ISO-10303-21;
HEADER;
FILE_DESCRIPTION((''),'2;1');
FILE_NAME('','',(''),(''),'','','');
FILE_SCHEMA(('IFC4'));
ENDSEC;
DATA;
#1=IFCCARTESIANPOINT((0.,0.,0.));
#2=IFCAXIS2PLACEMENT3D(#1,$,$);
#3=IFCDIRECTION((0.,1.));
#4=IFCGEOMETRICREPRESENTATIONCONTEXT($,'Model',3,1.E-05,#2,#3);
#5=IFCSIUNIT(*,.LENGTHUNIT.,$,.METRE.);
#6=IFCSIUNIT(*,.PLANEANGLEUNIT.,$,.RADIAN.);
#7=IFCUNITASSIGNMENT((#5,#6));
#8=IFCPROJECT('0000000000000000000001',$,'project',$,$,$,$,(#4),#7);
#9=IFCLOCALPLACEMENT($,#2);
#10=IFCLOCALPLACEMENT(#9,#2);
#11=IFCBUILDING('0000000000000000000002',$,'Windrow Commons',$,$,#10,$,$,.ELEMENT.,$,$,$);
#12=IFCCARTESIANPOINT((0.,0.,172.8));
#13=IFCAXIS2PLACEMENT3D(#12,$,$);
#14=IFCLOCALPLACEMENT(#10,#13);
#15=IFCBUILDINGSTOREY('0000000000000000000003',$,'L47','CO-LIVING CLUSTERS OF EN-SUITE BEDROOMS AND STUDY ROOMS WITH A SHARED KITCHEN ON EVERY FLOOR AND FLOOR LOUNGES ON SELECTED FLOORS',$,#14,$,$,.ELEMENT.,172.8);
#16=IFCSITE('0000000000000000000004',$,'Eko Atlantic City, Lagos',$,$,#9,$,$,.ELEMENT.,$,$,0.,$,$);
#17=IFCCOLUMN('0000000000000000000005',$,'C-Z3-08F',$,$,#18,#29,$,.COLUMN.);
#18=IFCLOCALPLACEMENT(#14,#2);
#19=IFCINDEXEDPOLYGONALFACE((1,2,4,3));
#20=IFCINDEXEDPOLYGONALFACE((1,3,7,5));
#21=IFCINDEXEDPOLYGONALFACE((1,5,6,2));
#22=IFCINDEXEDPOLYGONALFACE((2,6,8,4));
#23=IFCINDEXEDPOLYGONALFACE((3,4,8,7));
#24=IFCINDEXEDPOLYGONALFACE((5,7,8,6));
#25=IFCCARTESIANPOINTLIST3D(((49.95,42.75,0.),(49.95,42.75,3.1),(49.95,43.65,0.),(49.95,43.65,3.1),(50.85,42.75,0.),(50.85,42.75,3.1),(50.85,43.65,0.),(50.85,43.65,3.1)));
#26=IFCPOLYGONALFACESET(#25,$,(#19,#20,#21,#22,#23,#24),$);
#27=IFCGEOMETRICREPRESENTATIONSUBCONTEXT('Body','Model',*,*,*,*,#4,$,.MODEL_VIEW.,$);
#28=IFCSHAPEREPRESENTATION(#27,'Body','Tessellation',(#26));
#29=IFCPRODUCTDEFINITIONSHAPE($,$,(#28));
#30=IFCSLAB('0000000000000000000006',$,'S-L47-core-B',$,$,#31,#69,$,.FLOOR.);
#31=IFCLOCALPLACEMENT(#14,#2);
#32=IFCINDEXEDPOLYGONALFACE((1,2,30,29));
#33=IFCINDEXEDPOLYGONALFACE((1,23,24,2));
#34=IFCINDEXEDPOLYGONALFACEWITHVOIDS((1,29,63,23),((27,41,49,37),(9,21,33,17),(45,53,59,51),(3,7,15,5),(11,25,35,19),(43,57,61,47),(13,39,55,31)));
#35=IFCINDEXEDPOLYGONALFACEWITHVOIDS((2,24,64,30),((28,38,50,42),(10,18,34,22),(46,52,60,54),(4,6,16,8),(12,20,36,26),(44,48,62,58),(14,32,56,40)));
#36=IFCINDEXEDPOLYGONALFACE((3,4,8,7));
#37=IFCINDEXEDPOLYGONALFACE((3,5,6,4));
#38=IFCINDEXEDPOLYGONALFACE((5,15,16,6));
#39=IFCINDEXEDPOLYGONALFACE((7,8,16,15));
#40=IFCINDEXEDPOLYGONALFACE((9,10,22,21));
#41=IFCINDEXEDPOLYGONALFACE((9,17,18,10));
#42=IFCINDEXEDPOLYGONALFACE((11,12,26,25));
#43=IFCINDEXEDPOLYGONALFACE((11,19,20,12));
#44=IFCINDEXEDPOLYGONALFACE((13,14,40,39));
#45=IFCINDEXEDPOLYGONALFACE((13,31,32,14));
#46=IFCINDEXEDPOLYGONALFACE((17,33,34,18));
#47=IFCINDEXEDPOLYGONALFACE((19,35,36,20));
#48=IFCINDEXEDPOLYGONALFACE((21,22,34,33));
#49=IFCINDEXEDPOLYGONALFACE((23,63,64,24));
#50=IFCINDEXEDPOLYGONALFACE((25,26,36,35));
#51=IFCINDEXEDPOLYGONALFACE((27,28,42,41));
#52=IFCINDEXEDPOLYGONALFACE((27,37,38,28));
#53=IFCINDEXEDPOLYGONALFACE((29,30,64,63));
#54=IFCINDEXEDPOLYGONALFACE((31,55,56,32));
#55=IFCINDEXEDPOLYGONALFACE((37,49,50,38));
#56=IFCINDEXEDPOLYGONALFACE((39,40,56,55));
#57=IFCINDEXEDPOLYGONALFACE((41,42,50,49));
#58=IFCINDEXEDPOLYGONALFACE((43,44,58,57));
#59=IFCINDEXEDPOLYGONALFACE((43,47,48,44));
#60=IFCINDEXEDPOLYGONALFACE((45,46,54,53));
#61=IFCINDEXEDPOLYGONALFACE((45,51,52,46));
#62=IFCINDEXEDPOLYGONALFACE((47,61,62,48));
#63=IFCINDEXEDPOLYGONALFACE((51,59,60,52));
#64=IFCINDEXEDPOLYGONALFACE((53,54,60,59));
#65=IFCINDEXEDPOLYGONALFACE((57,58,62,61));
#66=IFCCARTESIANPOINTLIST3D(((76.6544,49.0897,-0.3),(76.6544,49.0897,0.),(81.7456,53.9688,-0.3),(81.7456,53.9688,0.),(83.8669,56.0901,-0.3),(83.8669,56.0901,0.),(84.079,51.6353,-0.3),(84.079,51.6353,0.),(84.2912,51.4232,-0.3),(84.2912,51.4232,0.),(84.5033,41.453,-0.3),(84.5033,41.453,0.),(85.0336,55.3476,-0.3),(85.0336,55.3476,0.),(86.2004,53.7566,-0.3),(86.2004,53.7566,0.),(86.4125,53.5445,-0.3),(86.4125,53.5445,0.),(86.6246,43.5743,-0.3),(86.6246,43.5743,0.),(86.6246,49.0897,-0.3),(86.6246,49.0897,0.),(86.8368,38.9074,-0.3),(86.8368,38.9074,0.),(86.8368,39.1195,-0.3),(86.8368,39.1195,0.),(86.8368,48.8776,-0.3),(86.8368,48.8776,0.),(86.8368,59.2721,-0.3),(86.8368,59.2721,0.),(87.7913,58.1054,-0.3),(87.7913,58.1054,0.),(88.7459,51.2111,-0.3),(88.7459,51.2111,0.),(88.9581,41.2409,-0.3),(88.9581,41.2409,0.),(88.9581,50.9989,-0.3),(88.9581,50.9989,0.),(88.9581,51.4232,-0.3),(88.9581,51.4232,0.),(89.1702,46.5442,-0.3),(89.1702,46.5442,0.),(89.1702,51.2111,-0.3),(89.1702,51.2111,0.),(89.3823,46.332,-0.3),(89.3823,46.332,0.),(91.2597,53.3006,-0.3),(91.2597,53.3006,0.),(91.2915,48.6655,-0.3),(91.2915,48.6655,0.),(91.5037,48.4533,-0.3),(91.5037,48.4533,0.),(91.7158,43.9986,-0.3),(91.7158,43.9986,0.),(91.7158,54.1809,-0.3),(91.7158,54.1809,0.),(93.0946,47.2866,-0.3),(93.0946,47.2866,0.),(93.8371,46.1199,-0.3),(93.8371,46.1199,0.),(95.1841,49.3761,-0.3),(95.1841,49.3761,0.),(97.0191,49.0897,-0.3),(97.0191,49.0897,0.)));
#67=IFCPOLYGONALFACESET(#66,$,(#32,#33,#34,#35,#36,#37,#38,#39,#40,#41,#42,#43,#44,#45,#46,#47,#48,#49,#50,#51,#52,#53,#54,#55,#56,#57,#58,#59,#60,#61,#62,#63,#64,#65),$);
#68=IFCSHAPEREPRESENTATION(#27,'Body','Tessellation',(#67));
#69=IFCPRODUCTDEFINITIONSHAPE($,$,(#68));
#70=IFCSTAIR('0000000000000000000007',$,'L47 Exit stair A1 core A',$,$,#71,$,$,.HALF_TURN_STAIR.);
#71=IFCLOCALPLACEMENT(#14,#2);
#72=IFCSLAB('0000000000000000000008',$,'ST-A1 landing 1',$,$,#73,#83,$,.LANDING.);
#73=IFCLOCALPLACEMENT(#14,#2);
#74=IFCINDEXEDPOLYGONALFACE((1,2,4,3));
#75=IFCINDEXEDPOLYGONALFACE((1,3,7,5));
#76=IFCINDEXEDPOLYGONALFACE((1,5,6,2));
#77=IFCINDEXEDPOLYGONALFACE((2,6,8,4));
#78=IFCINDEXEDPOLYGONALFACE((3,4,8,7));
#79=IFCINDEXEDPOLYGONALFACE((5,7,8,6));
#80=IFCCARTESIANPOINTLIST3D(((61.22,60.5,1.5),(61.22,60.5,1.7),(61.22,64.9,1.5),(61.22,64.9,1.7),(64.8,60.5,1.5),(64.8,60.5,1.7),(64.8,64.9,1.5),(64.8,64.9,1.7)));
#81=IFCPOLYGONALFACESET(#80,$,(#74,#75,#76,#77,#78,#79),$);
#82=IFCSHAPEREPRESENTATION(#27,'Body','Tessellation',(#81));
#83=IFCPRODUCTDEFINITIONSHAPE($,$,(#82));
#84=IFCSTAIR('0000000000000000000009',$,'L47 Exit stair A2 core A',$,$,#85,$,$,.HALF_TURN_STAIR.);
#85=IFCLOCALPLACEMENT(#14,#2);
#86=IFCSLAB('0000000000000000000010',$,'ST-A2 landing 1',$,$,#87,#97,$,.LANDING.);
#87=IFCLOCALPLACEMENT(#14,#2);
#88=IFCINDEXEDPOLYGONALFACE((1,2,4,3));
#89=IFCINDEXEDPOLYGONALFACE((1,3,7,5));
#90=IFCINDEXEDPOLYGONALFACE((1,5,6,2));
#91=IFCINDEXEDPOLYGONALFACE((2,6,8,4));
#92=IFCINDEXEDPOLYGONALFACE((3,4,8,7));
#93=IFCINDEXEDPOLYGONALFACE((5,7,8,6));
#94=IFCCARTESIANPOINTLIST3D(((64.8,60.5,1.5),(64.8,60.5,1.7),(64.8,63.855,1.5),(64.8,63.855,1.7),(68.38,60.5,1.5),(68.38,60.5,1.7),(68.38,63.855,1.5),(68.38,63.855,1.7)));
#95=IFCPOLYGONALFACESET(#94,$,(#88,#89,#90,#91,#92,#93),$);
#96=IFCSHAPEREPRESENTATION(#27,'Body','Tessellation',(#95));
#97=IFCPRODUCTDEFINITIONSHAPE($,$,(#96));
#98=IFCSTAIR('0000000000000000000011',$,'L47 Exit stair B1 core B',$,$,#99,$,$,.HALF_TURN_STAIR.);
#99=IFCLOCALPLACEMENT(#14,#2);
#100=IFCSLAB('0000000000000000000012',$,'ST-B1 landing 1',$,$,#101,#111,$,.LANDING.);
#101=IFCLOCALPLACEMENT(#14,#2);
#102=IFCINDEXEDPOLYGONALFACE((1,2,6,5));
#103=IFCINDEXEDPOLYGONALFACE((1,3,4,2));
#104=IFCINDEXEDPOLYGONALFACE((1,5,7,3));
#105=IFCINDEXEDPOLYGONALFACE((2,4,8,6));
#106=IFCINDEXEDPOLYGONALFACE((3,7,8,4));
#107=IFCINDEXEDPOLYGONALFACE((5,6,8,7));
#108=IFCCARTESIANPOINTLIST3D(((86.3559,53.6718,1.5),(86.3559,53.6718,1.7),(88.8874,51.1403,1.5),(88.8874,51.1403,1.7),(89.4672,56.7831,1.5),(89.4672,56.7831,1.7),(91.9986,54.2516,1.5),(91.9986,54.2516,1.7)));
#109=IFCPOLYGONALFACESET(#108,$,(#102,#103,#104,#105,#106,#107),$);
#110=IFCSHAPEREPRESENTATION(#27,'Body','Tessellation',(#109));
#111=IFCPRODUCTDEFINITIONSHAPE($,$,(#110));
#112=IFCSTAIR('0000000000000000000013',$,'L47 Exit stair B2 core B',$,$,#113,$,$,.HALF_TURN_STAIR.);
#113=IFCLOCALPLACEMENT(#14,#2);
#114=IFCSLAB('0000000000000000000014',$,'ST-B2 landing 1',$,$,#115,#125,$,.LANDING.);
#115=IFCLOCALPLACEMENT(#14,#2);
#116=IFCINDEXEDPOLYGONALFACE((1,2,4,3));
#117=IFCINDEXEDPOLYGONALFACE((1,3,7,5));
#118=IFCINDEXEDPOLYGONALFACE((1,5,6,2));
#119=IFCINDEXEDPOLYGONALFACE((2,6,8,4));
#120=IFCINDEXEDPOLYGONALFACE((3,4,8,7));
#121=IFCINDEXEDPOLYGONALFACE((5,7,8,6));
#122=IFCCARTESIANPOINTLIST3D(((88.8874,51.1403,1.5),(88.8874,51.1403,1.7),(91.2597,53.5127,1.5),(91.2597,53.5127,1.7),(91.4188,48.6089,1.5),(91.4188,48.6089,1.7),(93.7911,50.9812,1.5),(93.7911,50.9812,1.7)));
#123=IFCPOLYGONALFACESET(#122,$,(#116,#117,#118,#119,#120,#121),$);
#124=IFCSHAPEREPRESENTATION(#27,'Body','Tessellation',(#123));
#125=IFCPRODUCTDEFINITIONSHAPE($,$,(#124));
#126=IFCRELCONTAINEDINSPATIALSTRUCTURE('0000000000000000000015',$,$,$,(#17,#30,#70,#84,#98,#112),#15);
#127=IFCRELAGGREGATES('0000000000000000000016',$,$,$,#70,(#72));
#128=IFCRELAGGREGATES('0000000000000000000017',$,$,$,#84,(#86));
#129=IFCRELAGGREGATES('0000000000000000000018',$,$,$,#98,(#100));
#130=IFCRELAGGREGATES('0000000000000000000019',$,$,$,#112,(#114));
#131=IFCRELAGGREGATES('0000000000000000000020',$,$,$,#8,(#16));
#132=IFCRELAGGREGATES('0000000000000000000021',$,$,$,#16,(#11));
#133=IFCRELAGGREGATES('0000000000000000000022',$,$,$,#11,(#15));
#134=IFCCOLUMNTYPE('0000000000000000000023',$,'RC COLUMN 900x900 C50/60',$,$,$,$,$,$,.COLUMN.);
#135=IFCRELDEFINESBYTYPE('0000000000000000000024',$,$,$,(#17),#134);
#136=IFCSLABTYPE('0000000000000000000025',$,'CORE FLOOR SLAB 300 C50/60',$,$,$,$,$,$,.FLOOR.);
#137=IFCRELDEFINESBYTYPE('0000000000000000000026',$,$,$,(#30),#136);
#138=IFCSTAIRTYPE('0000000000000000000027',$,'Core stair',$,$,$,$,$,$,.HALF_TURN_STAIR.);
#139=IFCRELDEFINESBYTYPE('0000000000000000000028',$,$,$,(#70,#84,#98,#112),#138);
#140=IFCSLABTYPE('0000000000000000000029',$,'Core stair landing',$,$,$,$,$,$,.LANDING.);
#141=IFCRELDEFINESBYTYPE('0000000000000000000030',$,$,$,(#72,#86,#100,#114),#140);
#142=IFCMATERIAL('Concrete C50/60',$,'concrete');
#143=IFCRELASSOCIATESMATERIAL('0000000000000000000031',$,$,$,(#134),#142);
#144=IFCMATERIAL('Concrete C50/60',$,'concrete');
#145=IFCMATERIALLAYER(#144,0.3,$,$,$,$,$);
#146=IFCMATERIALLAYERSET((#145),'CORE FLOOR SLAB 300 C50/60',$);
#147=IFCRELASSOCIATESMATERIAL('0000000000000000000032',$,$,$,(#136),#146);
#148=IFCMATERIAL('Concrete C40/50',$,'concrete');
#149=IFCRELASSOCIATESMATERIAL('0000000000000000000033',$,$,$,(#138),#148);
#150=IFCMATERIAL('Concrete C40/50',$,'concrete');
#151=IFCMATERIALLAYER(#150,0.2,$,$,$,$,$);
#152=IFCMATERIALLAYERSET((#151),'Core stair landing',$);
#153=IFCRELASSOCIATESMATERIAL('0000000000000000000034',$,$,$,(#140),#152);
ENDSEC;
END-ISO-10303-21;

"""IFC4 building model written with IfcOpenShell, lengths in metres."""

from ifc_helpers import new_model, si_unit, direction, frame, origin, origin_2d, place, context, subcontext, project, spatial, polyline, rectangle, outline, extrude, material, layer, layer_set, material_profile, profile_set, type_object, element, aggregate, save


model = new_model("IFC4")

# Units and contexts
model_context = context("Model", 3, precision=1e-05, world=origin(), true_north=direction((0.0, 1.0)))
body_context = subcontext(model_context, "Body", "Model", "MODEL_VIEW")
ifc_project = project(units=[si_unit("LENGTHUNIT", "METRE"), si_unit("PLANEANGLEUNIT", "RADIAN")], contexts=[model_context])

# Site, building, storey
site_placement = place(None, origin())
site = spatial("IfcSite", under=ifc_project, at=site_placement, Name="Eko Atlantic City, Lagos", CompositionType="ELEMENT", RefElevation=0.0)
building_placement = place(site_placement, origin())
building = spatial("IfcBuilding", under=site, at=building_placement, Name="Windrow Commons", CompositionType="ELEMENT")
storey_placement = place(building_placement, frame((0.0, 0.0, 172.8)))
storey = spatial("IfcBuildingStorey", under=building, at=storey_placement, Name="L47", Description="CO-LIVING CLUSTERS OF EN-SUITE BEDROOMS AND STUDY ROOMS WITH A SHARED KITCHEN ON EVERY FLOOR AND FLOOR LOUNGES ON SELECTED FLOORS", CompositionType="ELEMENT", Elevation=172.8)

# Column
ifc_material_1 = material(Name="Concrete C50/60", Category="concrete")
ifc_material_profile = material_profile(ifc_material_1, rectangle(XDim=0.9, YDim=0.9, at=origin_2d()))
ifc_profile_set = profile_set([ifc_material_profile], Name="Concrete C50/60")
column_type = type_object("IfcColumnType", Name="RC COLUMN 900x900 C50/60", PredefinedType="COLUMN", material=ifc_profile_set)
column_placement = place(storey_placement, frame((50.4, 43.2, 0.0), z_axis=(0.0, 0.0, 1.0), x_axis=(1.0, 0.0, 0.0)))
element("IfcColumn", 1, at=column_placement, inside=storey, type_object=column_type, Name="C-Z3-08F", PredefinedType="COLUMN", context=body_context, shape_type="SweptSolid", body=[
    extrude(rectangle(XDim=0.9, YDim=0.9, at=origin_2d()), origin(), (0.0, 0.0, 1.0), 3.1),
])

# Slab, openings
ifc_material_2 = material(Name="Concrete C50/60", Category="concrete")
ifc_layer_1 = layer(ifc_material_2, 0.3)
ifc_layer_set_1 = layer_set([ifc_layer_1], Name="CORE FLOOR SLAB 300 C50/60")
slab_type_1 = type_object("IfcSlabType", Name="CORE FLOOR SLAB 300 C50/60", PredefinedType="FLOOR", material=ifc_layer_set_1)
placement_1 = place(storey_placement, frame((0.0, 0.0, -0.3)))
slab_1 = element("IfcSlab", 2, at=placement_1, inside=storey, type_object=slab_type_1, Name="S-L47-core-B", PredefinedType="FLOOR", context=body_context, shape_type="SweptSolid", body=[
    extrude(outline(polyline([(76.6544, 49.0897), (86.8368, 38.9074), (97.0191, 49.0897), (86.8368, 59.2721), (76.6544, 49.0897)]), holes=[polyline([(84.5033, 41.453), (86.8368, 39.1195), (88.9581, 41.2409), (86.6246, 43.5743), (84.5033, 41.453)]), polyline([(81.7456, 53.9688), (84.079, 51.6353), (86.2004, 53.7566), (83.8669, 56.0901), (81.7456, 53.9688)]), polyline([(84.2912, 51.4232), (86.6246, 49.0897), (88.7459, 51.2111), (86.4125, 53.5445), (84.2912, 51.4232)]), polyline([(86.8368, 48.8776), (89.1702, 46.5442), (91.2915, 48.6655), (88.9581, 50.9989), (86.8368, 48.8776)]), polyline([(89.3823, 46.332), (91.7158, 43.9986), (93.8371, 46.1199), (91.5037, 48.4533), (89.3823, 46.332)]), polyline([(85.0336, 55.3476), (88.9581, 51.4232), (91.7158, 54.1809), (87.7913, 58.1054), (85.0336, 55.3476)]), polyline([(89.1702, 51.2111), (93.0946, 47.2866), (95.1841, 49.3761), (91.2597, 53.3006), (89.1702, 51.2111)])]), origin(), (0.0, 0.0, 1.0), 0.3),
])
opening_1_placement = place(placement_1, origin())
element("IfcOpeningElement", 3, at=opening_1_placement, cuts=slab_1, PredefinedType="OPENING", context=body_context, shape_type="SweptSolid", body=[
    extrude(outline(polyline([(84.5104, 41.453), (86.6246, 43.5672), (88.951, 41.2409), (86.8368, 39.1266), (84.5104, 41.453)])), origin(), (0.0, 0.0, 1.0), 0.3),
])
opening_2_placement = place(placement_1, origin())
element("IfcOpeningElement", 4, at=opening_2_placement, cuts=slab_1, PredefinedType="OPENING", context=body_context, shape_type="SweptSolid", body=[
    extrude(outline(polyline([(81.7527, 53.9688), (83.8669, 56.083), (86.1933, 53.7566), (84.079, 51.6424), (81.7527, 53.9688)])), origin(), (0.0, 0.0, 1.0), 0.3),
])
opening_3_placement = place(placement_1, origin())
element("IfcOpeningElement", 5, at=opening_3_placement, cuts=slab_1, PredefinedType="OPENING", context=body_context, shape_type="SweptSolid", body=[
    extrude(outline(polyline([(84.2983, 51.4232), (86.4125, 53.5374), (88.7388, 51.2111), (86.6246, 49.0968), (84.2983, 51.4232)])), origin(), (0.0, 0.0, 1.0), 0.3),
])
opening_4_placement = place(placement_1, origin())
element("IfcOpeningElement", 6, at=opening_4_placement, cuts=slab_1, PredefinedType="OPENING", context=body_context, shape_type="SweptSolid", body=[
    extrude(outline(polyline([(86.8439, 48.8776), (88.9581, 50.9918), (91.2844, 48.6655), (89.1702, 46.5513), (86.8439, 48.8776)])), origin(), (0.0, 0.0, 1.0), 0.3),
])
opening_5_placement = place(placement_1, origin())
element("IfcOpeningElement", 7, at=opening_5_placement, cuts=slab_1, PredefinedType="OPENING", context=body_context, shape_type="SweptSolid", body=[
    extrude(outline(polyline([(89.3894, 46.332), (91.5037, 48.4462), (93.83, 46.1199), (91.7158, 44.0057), (89.3894, 46.332)])), origin(), (0.0, 0.0, 1.0), 0.3),
])
opening_6_placement = place(placement_1, origin())
element("IfcOpeningElement", 8, at=opening_6_placement, cuts=slab_1, PredefinedType="OPENING", context=body_context, shape_type="SweptSolid", body=[
    extrude(outline(polyline([(85.0407, 55.3476), (87.7913, 58.0983), (91.7087, 54.1809), (88.9581, 51.4303), (85.0407, 55.3476)])), origin(), (0.0, 0.0, 1.0), 0.3),
])
opening_7_placement = place(placement_1, origin())
element("IfcOpeningElement", 9, at=opening_7_placement, cuts=slab_1, PredefinedType="OPENING", context=body_context, shape_type="SweptSolid", body=[
    extrude(outline(polyline([(89.1773, 51.2111), (91.2597, 53.2935), (95.177, 49.3761), (93.0946, 47.2937), (89.1773, 51.2111)])), origin(), (0.0, 0.0, 1.0), 0.3),
])

# Stairs, slabs
ifc_material_3 = material(Name="Concrete C40/50", Category="concrete")
stair_type = type_object("IfcStairType", Name="Core stair", PredefinedType="HALF_TURN_STAIR", material=ifc_material_3)
placement_2 = place(storey_placement, origin())
stair_1 = element("IfcStair", 10, at=placement_2, inside=storey, type_object=stair_type, Name="L47 Exit stair A1 core A", PredefinedType="HALF_TURN_STAIR")
ifc_material_4 = material(Name="Concrete C40/50", Category="concrete")
ifc_layer_2 = layer(ifc_material_4, 0.2)
ifc_layer_set_2 = layer_set([ifc_layer_2], Name="Core stair landing")
slab_type_2 = type_object("IfcSlabType", Name="Core stair landing", PredefinedType="LANDING", material=ifc_layer_set_2)
placement_3 = place(storey_placement, frame((0.0, 0.0, 1.5)))
slab_2 = element("IfcSlab", 11, at=placement_3, type_object=slab_type_2, Name="ST-A1 landing 1", PredefinedType="LANDING", context=body_context, shape_type="SweptSolid", body=[
    extrude(outline(polyline([(61.22, 60.5), (64.8, 60.5), (64.8, 64.9), (61.22, 64.9), (61.22, 60.5)])), origin(), (0.0, 0.0, 1.0), 0.2),
])
aggregate(stair_1, [slab_2])
stair_2 = element("IfcStair", 12, at=placement_2, inside=storey, type_object=stair_type, Name="L47 Exit stair A2 core A", PredefinedType="HALF_TURN_STAIR")
slab_3 = element("IfcSlab", 13, at=placement_3, type_object=slab_type_2, Name="ST-A2 landing 1", PredefinedType="LANDING", context=body_context, shape_type="SweptSolid", body=[
    extrude(outline(polyline([(64.8, 60.5), (68.38, 60.5), (68.38, 63.855), (64.8, 63.855), (64.8, 60.5)])), origin(), (0.0, 0.0, 1.0), 0.2),
])
aggregate(stair_2, [slab_3])
stair_3 = element("IfcStair", 14, at=placement_2, inside=storey, type_object=stair_type, Name="L47 Exit stair B1 core B", PredefinedType="HALF_TURN_STAIR")
slab_4 = element("IfcSlab", 15, at=placement_3, type_object=slab_type_2, Name="ST-B1 landing 1", PredefinedType="LANDING", context=body_context, shape_type="SweptSolid", body=[
    extrude(outline(polyline([(86.3559, 53.6718), (88.8874, 51.1403), (91.9986, 54.2516), (89.4672, 56.7831), (86.3559, 53.6718)])), origin(), (0.0, 0.0, 1.0), 0.2),
])
aggregate(stair_3, [slab_4])
stair_4 = element("IfcStair", 16, at=placement_2, inside=storey, type_object=stair_type, Name="L47 Exit stair B2 core B", PredefinedType="HALF_TURN_STAIR")
slab_5 = element("IfcSlab", 17, at=placement_3, type_object=slab_type_2, Name="ST-B2 landing 1", PredefinedType="LANDING", context=body_context, shape_type="SweptSolid", body=[
    extrude(outline(polyline([(88.8874, 51.1403), (91.4188, 48.6089), (93.7911, 50.9812), (91.2597, 53.5127), (88.8874, 51.1403)])), origin(), (0.0, 0.0, 1.0), 0.2),
])
aggregate(stair_4, [slab_5])

save(model, "model.ifc")
